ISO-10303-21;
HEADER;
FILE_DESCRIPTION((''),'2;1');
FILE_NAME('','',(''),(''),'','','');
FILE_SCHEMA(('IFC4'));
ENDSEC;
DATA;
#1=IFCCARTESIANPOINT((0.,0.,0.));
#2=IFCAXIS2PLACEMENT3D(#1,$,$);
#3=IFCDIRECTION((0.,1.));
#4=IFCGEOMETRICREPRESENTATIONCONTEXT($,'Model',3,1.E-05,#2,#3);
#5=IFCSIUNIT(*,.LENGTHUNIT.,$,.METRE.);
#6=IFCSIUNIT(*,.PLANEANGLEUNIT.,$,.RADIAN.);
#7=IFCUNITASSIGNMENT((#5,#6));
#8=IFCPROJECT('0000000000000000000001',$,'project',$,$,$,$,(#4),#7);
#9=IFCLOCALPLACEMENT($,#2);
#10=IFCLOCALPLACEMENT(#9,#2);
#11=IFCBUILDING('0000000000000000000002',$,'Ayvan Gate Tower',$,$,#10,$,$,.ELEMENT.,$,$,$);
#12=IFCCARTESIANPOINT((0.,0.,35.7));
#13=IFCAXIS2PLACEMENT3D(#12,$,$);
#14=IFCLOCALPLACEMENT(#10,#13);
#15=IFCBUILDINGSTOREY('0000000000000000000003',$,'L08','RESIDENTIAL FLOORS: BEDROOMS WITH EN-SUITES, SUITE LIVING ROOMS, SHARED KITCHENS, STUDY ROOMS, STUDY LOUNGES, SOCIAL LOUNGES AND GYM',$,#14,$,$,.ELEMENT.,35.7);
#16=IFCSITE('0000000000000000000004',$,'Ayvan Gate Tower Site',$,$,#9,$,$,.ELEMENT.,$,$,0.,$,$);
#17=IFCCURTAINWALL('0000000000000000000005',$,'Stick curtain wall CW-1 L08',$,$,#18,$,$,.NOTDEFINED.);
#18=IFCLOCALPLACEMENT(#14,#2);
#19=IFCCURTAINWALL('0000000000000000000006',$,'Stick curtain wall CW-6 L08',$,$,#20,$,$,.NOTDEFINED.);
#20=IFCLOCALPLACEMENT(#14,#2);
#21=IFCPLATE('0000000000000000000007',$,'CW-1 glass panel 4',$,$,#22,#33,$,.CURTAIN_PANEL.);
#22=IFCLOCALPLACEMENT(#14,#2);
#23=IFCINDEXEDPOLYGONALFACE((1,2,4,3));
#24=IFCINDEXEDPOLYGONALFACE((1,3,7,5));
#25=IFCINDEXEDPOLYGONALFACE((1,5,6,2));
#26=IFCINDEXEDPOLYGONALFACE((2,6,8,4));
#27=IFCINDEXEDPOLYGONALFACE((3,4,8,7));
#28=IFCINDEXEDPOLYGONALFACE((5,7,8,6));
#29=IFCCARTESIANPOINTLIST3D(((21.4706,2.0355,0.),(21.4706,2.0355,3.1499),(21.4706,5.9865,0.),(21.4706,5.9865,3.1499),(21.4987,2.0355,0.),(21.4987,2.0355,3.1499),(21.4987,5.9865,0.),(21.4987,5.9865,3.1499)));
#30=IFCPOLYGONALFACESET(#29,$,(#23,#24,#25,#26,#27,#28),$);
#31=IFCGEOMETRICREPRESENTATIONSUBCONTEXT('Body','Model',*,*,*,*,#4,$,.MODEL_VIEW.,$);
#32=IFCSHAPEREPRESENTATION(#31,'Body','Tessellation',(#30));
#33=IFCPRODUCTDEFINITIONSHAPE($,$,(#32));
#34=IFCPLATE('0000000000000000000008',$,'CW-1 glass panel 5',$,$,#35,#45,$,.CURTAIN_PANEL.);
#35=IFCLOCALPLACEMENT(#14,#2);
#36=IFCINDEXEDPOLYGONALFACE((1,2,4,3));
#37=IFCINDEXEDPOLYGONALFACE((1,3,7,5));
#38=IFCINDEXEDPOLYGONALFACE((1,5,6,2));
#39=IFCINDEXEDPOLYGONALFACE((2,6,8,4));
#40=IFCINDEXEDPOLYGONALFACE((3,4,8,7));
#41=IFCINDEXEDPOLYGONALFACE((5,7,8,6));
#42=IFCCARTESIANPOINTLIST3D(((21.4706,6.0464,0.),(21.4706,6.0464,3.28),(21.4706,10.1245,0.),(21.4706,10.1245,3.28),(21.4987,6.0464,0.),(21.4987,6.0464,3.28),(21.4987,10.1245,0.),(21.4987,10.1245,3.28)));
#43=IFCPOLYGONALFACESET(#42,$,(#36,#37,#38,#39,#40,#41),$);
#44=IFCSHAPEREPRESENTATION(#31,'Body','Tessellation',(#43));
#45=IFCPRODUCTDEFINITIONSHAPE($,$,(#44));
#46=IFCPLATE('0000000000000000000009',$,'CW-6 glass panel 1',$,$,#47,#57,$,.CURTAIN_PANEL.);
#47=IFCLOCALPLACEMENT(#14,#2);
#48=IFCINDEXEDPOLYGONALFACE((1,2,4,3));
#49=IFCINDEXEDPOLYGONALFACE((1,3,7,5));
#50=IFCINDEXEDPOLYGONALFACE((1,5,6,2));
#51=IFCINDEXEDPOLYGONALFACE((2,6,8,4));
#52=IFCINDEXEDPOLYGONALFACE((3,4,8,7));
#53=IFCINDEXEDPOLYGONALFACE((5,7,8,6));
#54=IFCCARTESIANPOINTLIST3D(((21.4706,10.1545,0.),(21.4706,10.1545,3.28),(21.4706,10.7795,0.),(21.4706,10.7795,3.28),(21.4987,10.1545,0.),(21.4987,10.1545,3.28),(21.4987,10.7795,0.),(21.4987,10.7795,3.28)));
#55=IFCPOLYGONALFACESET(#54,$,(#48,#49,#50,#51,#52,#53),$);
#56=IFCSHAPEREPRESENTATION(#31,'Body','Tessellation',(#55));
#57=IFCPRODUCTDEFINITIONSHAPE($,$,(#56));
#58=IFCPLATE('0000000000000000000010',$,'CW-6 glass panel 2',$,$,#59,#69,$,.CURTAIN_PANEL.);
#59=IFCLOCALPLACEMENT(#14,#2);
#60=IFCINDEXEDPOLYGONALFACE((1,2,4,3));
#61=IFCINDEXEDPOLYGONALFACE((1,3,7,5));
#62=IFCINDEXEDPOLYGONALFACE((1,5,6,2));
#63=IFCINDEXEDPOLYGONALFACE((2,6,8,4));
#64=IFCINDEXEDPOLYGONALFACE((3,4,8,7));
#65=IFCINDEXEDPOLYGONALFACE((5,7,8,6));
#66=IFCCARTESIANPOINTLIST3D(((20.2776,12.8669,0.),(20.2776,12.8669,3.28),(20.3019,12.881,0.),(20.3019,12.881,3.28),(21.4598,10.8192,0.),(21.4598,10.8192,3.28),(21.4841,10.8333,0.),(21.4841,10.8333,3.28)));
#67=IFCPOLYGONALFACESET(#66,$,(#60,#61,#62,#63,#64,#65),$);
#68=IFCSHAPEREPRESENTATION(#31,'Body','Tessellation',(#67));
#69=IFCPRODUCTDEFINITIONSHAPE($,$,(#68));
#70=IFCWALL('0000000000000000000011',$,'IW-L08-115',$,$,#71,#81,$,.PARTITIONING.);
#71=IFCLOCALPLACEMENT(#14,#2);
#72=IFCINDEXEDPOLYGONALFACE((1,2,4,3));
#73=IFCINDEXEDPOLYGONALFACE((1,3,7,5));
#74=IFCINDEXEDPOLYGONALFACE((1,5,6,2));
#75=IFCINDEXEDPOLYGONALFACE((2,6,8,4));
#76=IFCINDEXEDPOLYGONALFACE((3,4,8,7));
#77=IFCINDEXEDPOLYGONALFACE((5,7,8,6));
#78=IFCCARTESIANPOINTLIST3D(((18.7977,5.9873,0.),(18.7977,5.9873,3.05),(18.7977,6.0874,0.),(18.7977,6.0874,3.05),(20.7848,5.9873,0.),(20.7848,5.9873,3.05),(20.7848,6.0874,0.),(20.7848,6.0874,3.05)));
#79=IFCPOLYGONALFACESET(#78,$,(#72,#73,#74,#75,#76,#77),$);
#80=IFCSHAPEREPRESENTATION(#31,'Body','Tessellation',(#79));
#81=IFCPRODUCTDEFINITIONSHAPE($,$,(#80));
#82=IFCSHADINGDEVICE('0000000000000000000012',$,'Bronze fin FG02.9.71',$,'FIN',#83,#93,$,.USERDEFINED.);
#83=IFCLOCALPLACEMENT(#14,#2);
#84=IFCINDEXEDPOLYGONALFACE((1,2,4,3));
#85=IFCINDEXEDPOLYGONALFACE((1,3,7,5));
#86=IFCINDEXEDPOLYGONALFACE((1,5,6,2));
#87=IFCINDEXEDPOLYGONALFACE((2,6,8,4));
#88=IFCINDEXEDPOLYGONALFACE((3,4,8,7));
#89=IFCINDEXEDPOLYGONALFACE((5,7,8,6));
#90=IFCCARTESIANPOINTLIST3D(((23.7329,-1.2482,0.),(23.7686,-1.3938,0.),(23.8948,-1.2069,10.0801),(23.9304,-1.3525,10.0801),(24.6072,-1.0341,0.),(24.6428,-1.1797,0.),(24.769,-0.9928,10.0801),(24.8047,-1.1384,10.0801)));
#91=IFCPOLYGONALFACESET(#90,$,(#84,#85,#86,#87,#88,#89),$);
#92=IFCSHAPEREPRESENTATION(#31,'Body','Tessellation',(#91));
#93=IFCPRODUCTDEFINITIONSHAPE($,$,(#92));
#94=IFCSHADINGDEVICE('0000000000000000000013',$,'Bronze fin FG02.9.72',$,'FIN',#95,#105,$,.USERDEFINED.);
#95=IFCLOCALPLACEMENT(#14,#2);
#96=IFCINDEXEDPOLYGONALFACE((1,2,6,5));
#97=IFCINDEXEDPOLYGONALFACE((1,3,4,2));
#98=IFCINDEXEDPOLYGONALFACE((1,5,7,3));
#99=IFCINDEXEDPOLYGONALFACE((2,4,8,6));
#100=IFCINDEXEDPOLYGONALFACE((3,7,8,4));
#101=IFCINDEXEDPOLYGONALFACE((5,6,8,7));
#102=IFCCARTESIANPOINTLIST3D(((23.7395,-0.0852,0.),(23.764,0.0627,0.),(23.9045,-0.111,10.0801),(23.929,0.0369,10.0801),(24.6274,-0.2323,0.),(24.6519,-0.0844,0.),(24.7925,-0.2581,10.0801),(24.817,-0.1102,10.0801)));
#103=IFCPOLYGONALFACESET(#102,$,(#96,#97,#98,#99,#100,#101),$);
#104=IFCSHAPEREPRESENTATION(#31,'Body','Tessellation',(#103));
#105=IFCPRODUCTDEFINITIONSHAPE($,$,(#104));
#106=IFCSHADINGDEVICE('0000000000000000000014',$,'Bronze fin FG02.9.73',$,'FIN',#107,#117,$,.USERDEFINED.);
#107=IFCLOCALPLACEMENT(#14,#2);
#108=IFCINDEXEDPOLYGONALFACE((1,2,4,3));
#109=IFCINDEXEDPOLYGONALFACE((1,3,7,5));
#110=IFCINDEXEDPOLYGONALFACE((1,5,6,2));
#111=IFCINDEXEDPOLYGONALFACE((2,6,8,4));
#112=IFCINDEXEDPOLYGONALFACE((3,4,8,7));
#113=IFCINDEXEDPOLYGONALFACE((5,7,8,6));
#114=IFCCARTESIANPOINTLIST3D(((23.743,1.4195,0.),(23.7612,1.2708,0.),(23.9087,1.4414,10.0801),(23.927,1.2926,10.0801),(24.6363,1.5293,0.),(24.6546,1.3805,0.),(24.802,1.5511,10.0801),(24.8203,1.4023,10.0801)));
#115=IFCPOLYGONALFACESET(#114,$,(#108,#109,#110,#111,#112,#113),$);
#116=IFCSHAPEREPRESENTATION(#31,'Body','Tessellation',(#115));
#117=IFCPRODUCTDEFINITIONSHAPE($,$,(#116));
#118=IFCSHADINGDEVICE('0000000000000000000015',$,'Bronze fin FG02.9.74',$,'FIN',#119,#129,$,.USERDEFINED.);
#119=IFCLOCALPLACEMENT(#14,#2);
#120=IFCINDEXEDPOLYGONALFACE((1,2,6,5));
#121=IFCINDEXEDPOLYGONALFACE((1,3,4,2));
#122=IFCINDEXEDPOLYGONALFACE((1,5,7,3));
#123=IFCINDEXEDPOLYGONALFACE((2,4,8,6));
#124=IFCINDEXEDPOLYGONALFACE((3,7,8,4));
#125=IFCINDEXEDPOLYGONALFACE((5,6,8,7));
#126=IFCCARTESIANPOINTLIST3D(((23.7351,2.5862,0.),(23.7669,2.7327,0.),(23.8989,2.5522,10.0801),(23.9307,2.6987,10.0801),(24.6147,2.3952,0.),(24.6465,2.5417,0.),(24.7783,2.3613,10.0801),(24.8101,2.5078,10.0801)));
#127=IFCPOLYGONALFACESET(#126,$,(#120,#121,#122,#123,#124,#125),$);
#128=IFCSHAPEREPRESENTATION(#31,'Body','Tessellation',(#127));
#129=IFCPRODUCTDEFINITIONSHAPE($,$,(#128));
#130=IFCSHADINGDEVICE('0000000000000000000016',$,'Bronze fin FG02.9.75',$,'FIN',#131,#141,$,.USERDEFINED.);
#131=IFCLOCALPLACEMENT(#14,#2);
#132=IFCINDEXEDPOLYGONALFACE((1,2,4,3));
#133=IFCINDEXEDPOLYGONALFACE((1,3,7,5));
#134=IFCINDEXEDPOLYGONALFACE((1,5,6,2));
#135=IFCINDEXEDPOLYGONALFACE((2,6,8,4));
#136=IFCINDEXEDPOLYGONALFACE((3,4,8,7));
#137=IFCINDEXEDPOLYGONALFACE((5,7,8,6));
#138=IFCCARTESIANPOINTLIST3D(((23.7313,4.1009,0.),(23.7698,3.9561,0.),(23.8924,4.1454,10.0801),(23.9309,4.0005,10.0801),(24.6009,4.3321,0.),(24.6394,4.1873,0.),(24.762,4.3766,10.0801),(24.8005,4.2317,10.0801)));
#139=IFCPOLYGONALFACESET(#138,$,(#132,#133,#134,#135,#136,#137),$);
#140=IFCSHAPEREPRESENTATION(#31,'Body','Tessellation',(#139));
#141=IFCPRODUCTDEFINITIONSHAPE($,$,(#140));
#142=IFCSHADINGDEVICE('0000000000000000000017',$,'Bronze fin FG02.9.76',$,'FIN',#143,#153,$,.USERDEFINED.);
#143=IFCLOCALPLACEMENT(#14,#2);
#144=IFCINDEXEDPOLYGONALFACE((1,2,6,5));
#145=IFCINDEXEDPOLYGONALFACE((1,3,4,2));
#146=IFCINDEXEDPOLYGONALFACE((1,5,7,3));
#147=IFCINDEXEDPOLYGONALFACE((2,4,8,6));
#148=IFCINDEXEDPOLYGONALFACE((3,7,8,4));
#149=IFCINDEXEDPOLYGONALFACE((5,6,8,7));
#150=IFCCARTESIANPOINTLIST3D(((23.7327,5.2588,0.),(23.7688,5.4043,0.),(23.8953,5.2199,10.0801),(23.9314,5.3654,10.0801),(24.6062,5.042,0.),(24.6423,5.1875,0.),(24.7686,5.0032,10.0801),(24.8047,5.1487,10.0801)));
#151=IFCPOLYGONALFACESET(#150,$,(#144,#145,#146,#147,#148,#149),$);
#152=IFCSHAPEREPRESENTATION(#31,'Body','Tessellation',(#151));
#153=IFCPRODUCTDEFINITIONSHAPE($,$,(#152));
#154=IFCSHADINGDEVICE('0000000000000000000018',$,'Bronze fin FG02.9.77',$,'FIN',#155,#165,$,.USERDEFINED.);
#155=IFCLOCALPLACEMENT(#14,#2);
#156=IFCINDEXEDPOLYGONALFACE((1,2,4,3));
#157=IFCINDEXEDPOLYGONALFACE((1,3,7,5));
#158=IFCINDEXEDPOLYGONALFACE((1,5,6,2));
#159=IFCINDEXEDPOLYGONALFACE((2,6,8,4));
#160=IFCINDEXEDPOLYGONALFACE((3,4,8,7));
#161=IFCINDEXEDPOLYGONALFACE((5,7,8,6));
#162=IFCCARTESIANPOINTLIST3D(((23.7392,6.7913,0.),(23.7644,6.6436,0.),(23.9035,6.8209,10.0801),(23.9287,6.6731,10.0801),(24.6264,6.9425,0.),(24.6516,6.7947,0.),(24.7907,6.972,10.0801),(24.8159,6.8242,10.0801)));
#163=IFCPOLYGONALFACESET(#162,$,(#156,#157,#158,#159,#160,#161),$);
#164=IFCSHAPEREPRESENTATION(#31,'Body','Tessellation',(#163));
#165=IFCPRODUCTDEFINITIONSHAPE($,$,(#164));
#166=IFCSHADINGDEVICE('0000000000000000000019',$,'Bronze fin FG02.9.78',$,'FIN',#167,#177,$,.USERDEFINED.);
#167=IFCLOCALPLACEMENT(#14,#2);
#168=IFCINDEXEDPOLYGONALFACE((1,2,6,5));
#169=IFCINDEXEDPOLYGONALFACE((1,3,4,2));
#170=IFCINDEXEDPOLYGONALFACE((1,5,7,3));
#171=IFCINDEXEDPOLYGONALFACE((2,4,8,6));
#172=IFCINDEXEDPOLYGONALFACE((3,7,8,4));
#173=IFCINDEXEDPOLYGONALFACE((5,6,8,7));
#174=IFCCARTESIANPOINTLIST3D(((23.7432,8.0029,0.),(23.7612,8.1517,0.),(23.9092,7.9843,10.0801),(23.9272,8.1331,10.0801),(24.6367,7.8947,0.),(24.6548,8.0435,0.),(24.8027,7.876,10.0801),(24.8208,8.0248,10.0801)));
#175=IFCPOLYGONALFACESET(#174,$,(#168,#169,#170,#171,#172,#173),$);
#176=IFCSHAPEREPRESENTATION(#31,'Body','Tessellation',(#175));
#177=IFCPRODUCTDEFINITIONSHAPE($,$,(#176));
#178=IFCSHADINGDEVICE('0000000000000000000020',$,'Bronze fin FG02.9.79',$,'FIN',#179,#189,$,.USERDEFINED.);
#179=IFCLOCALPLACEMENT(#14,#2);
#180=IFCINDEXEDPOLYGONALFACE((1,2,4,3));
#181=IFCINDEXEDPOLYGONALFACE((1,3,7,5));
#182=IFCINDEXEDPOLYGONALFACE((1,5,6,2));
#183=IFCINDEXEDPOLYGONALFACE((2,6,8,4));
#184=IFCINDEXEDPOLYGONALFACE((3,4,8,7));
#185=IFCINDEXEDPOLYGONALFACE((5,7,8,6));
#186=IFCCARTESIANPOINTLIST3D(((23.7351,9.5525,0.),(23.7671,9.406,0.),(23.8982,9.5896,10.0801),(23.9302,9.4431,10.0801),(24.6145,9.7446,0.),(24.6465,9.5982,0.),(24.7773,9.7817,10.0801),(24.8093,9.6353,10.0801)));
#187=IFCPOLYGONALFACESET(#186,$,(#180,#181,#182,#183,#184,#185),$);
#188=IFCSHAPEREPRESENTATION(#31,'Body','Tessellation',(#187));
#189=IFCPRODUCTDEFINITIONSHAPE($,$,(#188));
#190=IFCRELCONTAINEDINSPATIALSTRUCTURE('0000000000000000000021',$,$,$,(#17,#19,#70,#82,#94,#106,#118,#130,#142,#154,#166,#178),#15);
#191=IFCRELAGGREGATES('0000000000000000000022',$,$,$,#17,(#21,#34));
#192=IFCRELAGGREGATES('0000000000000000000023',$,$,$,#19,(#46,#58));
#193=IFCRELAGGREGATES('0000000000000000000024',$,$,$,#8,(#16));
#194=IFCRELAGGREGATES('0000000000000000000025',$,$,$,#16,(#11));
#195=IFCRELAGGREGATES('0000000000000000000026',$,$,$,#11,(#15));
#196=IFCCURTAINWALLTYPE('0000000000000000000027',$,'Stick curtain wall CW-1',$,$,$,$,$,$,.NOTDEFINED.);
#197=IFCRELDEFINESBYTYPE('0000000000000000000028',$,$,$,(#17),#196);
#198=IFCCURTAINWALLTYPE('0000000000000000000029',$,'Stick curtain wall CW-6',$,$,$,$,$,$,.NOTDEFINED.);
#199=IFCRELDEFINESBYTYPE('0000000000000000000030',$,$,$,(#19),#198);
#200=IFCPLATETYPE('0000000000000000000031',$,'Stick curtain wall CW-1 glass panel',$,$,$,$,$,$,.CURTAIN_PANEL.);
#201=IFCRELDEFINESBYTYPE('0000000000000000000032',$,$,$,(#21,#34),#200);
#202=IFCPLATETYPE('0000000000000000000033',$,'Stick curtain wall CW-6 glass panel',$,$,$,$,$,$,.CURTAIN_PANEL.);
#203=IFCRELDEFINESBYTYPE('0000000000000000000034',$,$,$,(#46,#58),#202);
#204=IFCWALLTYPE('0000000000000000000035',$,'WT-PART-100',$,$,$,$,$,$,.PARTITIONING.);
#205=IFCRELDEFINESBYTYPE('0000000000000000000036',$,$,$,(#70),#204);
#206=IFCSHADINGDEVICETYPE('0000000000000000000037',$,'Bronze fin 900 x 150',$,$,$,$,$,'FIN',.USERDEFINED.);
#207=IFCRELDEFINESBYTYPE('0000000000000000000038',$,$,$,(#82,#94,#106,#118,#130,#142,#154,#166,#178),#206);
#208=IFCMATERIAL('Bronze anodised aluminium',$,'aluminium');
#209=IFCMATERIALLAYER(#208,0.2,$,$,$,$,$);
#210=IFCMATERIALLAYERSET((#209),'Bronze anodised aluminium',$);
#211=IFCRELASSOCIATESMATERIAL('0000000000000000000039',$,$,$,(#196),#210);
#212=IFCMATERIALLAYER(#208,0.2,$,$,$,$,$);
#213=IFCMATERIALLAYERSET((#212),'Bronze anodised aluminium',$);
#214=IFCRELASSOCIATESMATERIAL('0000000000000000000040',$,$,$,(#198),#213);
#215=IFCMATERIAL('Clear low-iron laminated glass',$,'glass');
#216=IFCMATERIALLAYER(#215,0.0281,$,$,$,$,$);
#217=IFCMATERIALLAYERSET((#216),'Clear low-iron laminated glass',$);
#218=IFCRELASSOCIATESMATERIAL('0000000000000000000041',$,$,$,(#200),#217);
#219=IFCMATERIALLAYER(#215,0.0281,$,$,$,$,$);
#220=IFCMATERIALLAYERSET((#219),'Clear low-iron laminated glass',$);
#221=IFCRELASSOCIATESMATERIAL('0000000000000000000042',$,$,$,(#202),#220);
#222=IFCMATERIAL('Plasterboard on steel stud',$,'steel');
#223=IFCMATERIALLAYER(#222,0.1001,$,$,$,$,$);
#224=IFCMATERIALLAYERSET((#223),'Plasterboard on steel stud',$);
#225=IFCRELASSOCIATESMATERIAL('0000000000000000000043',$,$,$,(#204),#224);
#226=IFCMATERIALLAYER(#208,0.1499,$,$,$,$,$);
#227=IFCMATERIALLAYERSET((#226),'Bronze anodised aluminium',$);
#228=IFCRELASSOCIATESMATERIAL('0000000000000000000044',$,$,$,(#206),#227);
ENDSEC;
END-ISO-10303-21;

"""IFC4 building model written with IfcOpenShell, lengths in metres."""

from ifc_helpers import new_model, si_unit, direction, frame, frame_2d, origin, origin_2d, place, context, subcontext, project, spatial, polyline, rectangle, outline, extrude, material, layer, layer_set, type_object, element, aggregate, save


model = new_model("IFC4")

# Units and contexts
model_context = context("Model", 3, precision=1e-05, world=origin(), true_north=direction((0.0, 1.0)))
body_context = subcontext(model_context, "Body", "Model", "MODEL_VIEW")
ifc_project = project(units=[si_unit("LENGTHUNIT", "METRE"), si_unit("PLANEANGLEUNIT", "RADIAN")], contexts=[model_context])

# Site, building, storey
site_placement = place(None, origin())
site = spatial("IfcSite", under=ifc_project, at=site_placement, Name="Ayvan Gate Tower Site", CompositionType="ELEMENT", RefElevation=0.0)
building_placement = place(site_placement, origin())
building = spatial("IfcBuilding", under=site, at=building_placement, Name="Ayvan Gate Tower", CompositionType="ELEMENT")
storey_placement = place(building_placement, frame((0.0, 0.0, 35.7)))
storey = spatial("IfcBuildingStorey", under=building, at=storey_placement, Name="L08", Description="RESIDENTIAL FLOORS: BEDROOMS WITH EN-SUITES, SUITE LIVING ROOMS, SHARED KITCHENS, STUDY ROOMS, STUDY LOUNGES, SOCIAL LOUNGES AND GYM", CompositionType="ELEMENT", Elevation=35.7)

# Curtain walls
ifc_material_1 = material(Name="Bronze anodised aluminium", Category="aluminium")
ifc_layer_1 = layer(ifc_material_1, 0.2)
ifc_layer_set_1 = layer_set([ifc_layer_1], Name="Bronze anodised aluminium")
curtain_wall_type_1 = type_object("IfcCurtainWallType", Name="Stick curtain wall CW-1", PredefinedType="NOTDEFINED", material=ifc_layer_set_1)
curtain_wall_1_placement = place(storey_placement, origin())
curtain_wall_1 = element("IfcCurtainWall", 1, at=curtain_wall_1_placement, inside=storey, type_object=curtain_wall_type_1, Name="Stick curtain wall CW-1 L08", PredefinedType="NOTDEFINED")
ifc_layer_2 = layer(ifc_material_1, 0.2)
ifc_layer_set_2 = layer_set([ifc_layer_2], Name="Bronze anodised aluminium")
curtain_wall_type_2 = type_object("IfcCurtainWallType", Name="Stick curtain wall CW-6", PredefinedType="NOTDEFINED", material=ifc_layer_set_2)
curtain_wall_2_placement = place(storey_placement, origin())
curtain_wall_2 = element("IfcCurtainWall", 2, at=curtain_wall_2_placement, inside=storey, type_object=curtain_wall_type_2, Name="Stick curtain wall CW-6 L08", PredefinedType="NOTDEFINED")

# Plates
ifc_material_2 = material(Name="Clear low-iron laminated glass", Category="glass")
ifc_layer_3 = layer(ifc_material_2, 0.0281)
ifc_layer_set_3 = layer_set([ifc_layer_3], Name="Clear low-iron laminated glass")
plate_type_1 = type_object("IfcPlateType", Name="Stick curtain wall CW-1 glass panel", PredefinedType="CURTAIN_PANEL", material=ifc_layer_set_3)
plate_1_placement = place(storey_placement, frame((21.4846, 4.011, 0.0), z_axis=(0.0, 0.0, 1.0), x_axis=(0.0, 1.0, 0.0)))
plate_1 = element("IfcPlate", 3, at=plate_1_placement, type_object=plate_type_1, Name="CW-1 glass panel 4", PredefinedType="CURTAIN_PANEL", context=body_context, shape_type="SweptSolid", body=[
    extrude(rectangle(XDim=3.9509, YDim=0.0281, at=origin_2d()), origin(), (0.0, 0.0, 1.0), 3.1499),
])
plate_2_placement = place(storey_placement, frame((21.4846, 8.0854, 0.0), z_axis=(0.0, 0.0, 1.0), x_axis=(0.0, 1.0, 0.0)))
plate_2 = element("IfcPlate", 4, at=plate_2_placement, type_object=plate_type_1, Name="CW-1 glass panel 5", PredefinedType="CURTAIN_PANEL", context=body_context, shape_type="SweptSolid", body=[
    extrude(rectangle(XDim=4.0781, YDim=0.0281, at=origin_2d()), origin(), (0.0, 0.0, 1.0), 3.28),
])
aggregate(curtain_wall_1, [plate_1, plate_2])
ifc_layer_4 = layer(ifc_material_2, 0.0281)
ifc_layer_set_4 = layer_set([ifc_layer_4], Name="Clear low-iron laminated glass")
plate_type_2 = type_object("IfcPlateType", Name="Stick curtain wall CW-6 glass panel", PredefinedType="CURTAIN_PANEL", material=ifc_layer_set_4)
plate_3_placement = place(storey_placement, frame((21.4846, 10.467, 0.0), z_axis=(0.0, 0.0, 1.0), x_axis=(0.0, 1.0, 0.0)))
plate_3 = element("IfcPlate", 5, at=plate_3_placement, type_object=plate_type_2, Name="CW-6 glass panel 1", PredefinedType="CURTAIN_PANEL", context=body_context, shape_type="SweptSolid", body=[
    extrude(rectangle(XDim=0.625, YDim=0.0281, at=origin_2d()), origin(), (0.0, 0.0, 1.0), 3.28),
])
plate_4_placement = place(storey_placement, frame((20.8809, 11.8501, 0.0), z_axis=(0.0, 0.0, 1.0), x_axis=(-0.5, 0.866025, 0.0)))
plate_4 = element("IfcPlate", 6, at=plate_4_placement, type_object=plate_type_2, Name="CW-6 glass panel 2", PredefinedType="CURTAIN_PANEL", context=body_context, shape_type="SweptSolid", body=[
    extrude(rectangle(XDim=2.3645, YDim=0.0281, at=origin_2d()), origin(), (0.0, 0.0, 1.0), 3.28),
])
aggregate(curtain_wall_2, [plate_3, plate_4])

# Wall
ifc_material_3 = material(Name="Plasterboard on steel stud", Category="steel")
ifc_layer_5 = layer(ifc_material_3, 0.1001)
ifc_layer_set_5 = layer_set([ifc_layer_5], Name="Plasterboard on steel stud")
wall_type = type_object("IfcWallType", Name="WT-PART-100", PredefinedType="PARTITIONING", material=ifc_layer_set_5)
wall_placement = place(storey_placement, frame((18.7976, 6.0374, 0.0), z_axis=(0.0, 0.0, 1.0), x_axis=(1.0, 0.0, 0.0)))
element("IfcWall", 7, at=wall_placement, inside=storey, type_object=wall_type, Name="IW-L08-115", PredefinedType="PARTITIONING", context=body_context, shape_type="SweptSolid", body=[
    extrude(rectangle(XDim=1.9871, YDim=0.1001, at=frame_2d((0.9937, 0.0))), origin(), (0.0, 0.0, 1.0), 3.05),
])

# Shading devices
ifc_layer_6 = layer(ifc_material_1, 0.1499)
ifc_layer_set_6 = layer_set([ifc_layer_6], Name="Bronze anodised aluminium")
shading_device_type = type_object("IfcShadingDeviceType", Name="Bronze fin 900 x 150", ElementType="FIN", PredefinedType="USERDEFINED", material=ifc_layer_set_6)
shading_device_1_placement = place(storey_placement, frame((23.7686, -1.3938, 0.0), z_axis=(0.237874, -0.971296, 0.000156), x_axis=(0.971296, 0.237874, 0.0)))
element("IfcShadingDevice", 8, at=shading_device_1_placement, inside=storey, type_object=shading_device_type, Name="Bronze fin FG02.9.71", ObjectType="FIN", PredefinedType="USERDEFINED", context=body_context, shape_type="SweptSolid", body=[
    extrude(outline(polyline([(0.0, 0.0), (0.9001, 0.0), (1.0671, 10.0801), (0.167, 10.0801), (0.0, 0.0)])), origin(), (0.0, 0.0, -1.0), 0.1499),
])
shading_device_2_placement = place(storey_placement, frame((23.7395, -0.0852, 0.0), z_axis=(-0.163431, -0.986555, 0.000155), x_axis=(0.986555, -0.163431, 0.0)))
element("IfcShadingDevice", 9, at=shading_device_2_placement, inside=storey, type_object=shading_device_type, Name="Bronze fin FG02.9.72", ObjectType="FIN", PredefinedType="USERDEFINED", context=body_context, shape_type="SweptSolid", body=[
    extrude(outline(polyline([(0.0, 0.0), (0.9, 0.0), (1.0671, 10.0801), (0.167, 10.0801), (0.0, 0.0)])), origin(), (0.0, 0.0, -1.0), 0.1499),
])
shading_device_3_placement = place(storey_placement, frame((23.7612, 1.2708, 0.0), z_axis=(0.121931, -0.992539, 0.000146), x_axis=(0.992539, 0.121931, 0.0)))
element("IfcShadingDevice", 10, at=shading_device_3_placement, inside=storey, type_object=shading_device_type, Name="Bronze fin FG02.9.73", ObjectType="FIN", PredefinedType="USERDEFINED", context=body_context, shape_type="SweptSolid", body=[
    extrude(outline(polyline([(0.0, 0.0), (0.9, 0.0), (1.0672, 10.0801), (0.1672, 10.0801), (0.0, 0.0)])), origin(), (0.0, 0.0, -1.0), 0.1499),
])
shading_device_4_placement = place(storey_placement, frame((23.7351, 2.5862, 0.0), z_axis=(-0.212131, -0.977241, 0.000155), x_axis=(0.977241, -0.212131, 0.0)))
element("IfcShadingDevice", 11, at=shading_device_4_placement, inside=storey, type_object=shading_device_type, Name="Bronze fin FG02.9.74", ObjectType="FIN", PredefinedType="USERDEFINED", context=body_context, shape_type="SweptSolid", body=[
    extrude(outline(polyline([(0.0, 0.0), (0.9001, 0.0), (1.0672, 10.0801), (0.1673, 10.0801), (0.0, 0.0)])), origin(), (0.0, 0.0, -1.0), 0.1499),
])
shading_device_5_placement = place(storey_placement, frame((23.7698, 3.9561, 0.0), z_axis=(0.256936, -0.966428, 0.000153), x_axis=(0.966428, 0.256936, 0.0)))
element("IfcShadingDevice", 12, at=shading_device_5_placement, inside=storey, type_object=shading_device_type, Name="Bronze fin FG02.9.75", ObjectType="FIN", PredefinedType="USERDEFINED", context=body_context, shape_type="SweptSolid", body=[
    extrude(outline(polyline([(0.0, 0.0), (0.8998, 0.0), (1.067, 10.0801), (0.1671, 10.0801), (0.0, 0.0)])), origin(), (0.0, 0.0, -1.0), 0.1499),
])
shading_device_6_placement = place(storey_placement, frame((23.7327, 5.2588, 0.0), z_axis=(-0.240908, -0.970548, 0.000145), x_axis=(0.970548, -0.240908, 0.0)))
element("IfcShadingDevice", 13, at=shading_device_6_placement, inside=storey, type_object=shading_device_type, Name="Bronze fin FG02.9.76", ObjectType="FIN", PredefinedType="USERDEFINED", context=body_context, shape_type="SweptSolid", body=[
    extrude(outline(polyline([(0.0, 0.0), (0.9, 0.0), (1.067, 10.0801), (0.1672, 10.0801), (0.0, 0.0)])), origin(), (0.0, 0.0, -1.0), 0.1499),
])
shading_device_7_placement = place(storey_placement, frame((23.7644, 6.6436, 0.0), z_axis=(0.167917, -0.985801, 0.000152), x_axis=(0.985801, 0.167917, 0.0)))
element("IfcShadingDevice", 14, at=shading_device_7_placement, inside=storey, type_object=shading_device_type, Name="Bronze fin FG02.9.77", ObjectType="FIN", PredefinedType="USERDEFINED", context=body_context, shape_type="SweptSolid", body=[
    extrude(outline(polyline([(0.0, 0.0), (0.9, 0.0), (1.0669, 10.0801), (0.1669, 10.0801), (0.0, 0.0)])), origin(), (0.0, 0.0, -1.0), 0.1499),
])
shading_device_8_placement = place(storey_placement, frame((23.7432, 8.0029, 0.0), z_axis=(-0.120295, -0.992738, 0.000142), x_axis=(0.992738, -0.120295, 0.0)))
element("IfcShadingDevice", 15, at=shading_device_8_placement, inside=storey, type_object=shading_device_type, Name="Bronze fin FG02.9.78", ObjectType="FIN", PredefinedType="USERDEFINED", context=body_context, shape_type="SweptSolid", body=[
    extrude(outline(polyline([(0.0, 0.0), (0.9001, 0.0), (1.0671, 10.0801), (0.1671, 10.0801), (0.0, 0.0)])), origin(), (0.0, 0.0, -1.0), 0.1499),
])
shading_device_9_placement = place(storey_placement, frame((23.7671, 9.406, 0.0), z_axis=(0.213482, -0.976947, 0.000145), x_axis=(0.976947, 0.213482, 0.0)))
element("IfcShadingDevice", 16, at=shading_device_9_placement, inside=storey, type_object=shading_device_type, Name="Bronze fin FG02.9.79", ObjectType="FIN", PredefinedType="USERDEFINED", context=body_context, shape_type="SweptSolid", body=[
    extrude(outline(polyline([(0.0, 0.0), (0.9001, 0.0), (1.0671, 10.0801), (0.1672, 10.0801), (0.0, 0.0)])), origin(), (0.0, 0.0, -1.0), 0.1499),
])

save(model, "model.ifc")
